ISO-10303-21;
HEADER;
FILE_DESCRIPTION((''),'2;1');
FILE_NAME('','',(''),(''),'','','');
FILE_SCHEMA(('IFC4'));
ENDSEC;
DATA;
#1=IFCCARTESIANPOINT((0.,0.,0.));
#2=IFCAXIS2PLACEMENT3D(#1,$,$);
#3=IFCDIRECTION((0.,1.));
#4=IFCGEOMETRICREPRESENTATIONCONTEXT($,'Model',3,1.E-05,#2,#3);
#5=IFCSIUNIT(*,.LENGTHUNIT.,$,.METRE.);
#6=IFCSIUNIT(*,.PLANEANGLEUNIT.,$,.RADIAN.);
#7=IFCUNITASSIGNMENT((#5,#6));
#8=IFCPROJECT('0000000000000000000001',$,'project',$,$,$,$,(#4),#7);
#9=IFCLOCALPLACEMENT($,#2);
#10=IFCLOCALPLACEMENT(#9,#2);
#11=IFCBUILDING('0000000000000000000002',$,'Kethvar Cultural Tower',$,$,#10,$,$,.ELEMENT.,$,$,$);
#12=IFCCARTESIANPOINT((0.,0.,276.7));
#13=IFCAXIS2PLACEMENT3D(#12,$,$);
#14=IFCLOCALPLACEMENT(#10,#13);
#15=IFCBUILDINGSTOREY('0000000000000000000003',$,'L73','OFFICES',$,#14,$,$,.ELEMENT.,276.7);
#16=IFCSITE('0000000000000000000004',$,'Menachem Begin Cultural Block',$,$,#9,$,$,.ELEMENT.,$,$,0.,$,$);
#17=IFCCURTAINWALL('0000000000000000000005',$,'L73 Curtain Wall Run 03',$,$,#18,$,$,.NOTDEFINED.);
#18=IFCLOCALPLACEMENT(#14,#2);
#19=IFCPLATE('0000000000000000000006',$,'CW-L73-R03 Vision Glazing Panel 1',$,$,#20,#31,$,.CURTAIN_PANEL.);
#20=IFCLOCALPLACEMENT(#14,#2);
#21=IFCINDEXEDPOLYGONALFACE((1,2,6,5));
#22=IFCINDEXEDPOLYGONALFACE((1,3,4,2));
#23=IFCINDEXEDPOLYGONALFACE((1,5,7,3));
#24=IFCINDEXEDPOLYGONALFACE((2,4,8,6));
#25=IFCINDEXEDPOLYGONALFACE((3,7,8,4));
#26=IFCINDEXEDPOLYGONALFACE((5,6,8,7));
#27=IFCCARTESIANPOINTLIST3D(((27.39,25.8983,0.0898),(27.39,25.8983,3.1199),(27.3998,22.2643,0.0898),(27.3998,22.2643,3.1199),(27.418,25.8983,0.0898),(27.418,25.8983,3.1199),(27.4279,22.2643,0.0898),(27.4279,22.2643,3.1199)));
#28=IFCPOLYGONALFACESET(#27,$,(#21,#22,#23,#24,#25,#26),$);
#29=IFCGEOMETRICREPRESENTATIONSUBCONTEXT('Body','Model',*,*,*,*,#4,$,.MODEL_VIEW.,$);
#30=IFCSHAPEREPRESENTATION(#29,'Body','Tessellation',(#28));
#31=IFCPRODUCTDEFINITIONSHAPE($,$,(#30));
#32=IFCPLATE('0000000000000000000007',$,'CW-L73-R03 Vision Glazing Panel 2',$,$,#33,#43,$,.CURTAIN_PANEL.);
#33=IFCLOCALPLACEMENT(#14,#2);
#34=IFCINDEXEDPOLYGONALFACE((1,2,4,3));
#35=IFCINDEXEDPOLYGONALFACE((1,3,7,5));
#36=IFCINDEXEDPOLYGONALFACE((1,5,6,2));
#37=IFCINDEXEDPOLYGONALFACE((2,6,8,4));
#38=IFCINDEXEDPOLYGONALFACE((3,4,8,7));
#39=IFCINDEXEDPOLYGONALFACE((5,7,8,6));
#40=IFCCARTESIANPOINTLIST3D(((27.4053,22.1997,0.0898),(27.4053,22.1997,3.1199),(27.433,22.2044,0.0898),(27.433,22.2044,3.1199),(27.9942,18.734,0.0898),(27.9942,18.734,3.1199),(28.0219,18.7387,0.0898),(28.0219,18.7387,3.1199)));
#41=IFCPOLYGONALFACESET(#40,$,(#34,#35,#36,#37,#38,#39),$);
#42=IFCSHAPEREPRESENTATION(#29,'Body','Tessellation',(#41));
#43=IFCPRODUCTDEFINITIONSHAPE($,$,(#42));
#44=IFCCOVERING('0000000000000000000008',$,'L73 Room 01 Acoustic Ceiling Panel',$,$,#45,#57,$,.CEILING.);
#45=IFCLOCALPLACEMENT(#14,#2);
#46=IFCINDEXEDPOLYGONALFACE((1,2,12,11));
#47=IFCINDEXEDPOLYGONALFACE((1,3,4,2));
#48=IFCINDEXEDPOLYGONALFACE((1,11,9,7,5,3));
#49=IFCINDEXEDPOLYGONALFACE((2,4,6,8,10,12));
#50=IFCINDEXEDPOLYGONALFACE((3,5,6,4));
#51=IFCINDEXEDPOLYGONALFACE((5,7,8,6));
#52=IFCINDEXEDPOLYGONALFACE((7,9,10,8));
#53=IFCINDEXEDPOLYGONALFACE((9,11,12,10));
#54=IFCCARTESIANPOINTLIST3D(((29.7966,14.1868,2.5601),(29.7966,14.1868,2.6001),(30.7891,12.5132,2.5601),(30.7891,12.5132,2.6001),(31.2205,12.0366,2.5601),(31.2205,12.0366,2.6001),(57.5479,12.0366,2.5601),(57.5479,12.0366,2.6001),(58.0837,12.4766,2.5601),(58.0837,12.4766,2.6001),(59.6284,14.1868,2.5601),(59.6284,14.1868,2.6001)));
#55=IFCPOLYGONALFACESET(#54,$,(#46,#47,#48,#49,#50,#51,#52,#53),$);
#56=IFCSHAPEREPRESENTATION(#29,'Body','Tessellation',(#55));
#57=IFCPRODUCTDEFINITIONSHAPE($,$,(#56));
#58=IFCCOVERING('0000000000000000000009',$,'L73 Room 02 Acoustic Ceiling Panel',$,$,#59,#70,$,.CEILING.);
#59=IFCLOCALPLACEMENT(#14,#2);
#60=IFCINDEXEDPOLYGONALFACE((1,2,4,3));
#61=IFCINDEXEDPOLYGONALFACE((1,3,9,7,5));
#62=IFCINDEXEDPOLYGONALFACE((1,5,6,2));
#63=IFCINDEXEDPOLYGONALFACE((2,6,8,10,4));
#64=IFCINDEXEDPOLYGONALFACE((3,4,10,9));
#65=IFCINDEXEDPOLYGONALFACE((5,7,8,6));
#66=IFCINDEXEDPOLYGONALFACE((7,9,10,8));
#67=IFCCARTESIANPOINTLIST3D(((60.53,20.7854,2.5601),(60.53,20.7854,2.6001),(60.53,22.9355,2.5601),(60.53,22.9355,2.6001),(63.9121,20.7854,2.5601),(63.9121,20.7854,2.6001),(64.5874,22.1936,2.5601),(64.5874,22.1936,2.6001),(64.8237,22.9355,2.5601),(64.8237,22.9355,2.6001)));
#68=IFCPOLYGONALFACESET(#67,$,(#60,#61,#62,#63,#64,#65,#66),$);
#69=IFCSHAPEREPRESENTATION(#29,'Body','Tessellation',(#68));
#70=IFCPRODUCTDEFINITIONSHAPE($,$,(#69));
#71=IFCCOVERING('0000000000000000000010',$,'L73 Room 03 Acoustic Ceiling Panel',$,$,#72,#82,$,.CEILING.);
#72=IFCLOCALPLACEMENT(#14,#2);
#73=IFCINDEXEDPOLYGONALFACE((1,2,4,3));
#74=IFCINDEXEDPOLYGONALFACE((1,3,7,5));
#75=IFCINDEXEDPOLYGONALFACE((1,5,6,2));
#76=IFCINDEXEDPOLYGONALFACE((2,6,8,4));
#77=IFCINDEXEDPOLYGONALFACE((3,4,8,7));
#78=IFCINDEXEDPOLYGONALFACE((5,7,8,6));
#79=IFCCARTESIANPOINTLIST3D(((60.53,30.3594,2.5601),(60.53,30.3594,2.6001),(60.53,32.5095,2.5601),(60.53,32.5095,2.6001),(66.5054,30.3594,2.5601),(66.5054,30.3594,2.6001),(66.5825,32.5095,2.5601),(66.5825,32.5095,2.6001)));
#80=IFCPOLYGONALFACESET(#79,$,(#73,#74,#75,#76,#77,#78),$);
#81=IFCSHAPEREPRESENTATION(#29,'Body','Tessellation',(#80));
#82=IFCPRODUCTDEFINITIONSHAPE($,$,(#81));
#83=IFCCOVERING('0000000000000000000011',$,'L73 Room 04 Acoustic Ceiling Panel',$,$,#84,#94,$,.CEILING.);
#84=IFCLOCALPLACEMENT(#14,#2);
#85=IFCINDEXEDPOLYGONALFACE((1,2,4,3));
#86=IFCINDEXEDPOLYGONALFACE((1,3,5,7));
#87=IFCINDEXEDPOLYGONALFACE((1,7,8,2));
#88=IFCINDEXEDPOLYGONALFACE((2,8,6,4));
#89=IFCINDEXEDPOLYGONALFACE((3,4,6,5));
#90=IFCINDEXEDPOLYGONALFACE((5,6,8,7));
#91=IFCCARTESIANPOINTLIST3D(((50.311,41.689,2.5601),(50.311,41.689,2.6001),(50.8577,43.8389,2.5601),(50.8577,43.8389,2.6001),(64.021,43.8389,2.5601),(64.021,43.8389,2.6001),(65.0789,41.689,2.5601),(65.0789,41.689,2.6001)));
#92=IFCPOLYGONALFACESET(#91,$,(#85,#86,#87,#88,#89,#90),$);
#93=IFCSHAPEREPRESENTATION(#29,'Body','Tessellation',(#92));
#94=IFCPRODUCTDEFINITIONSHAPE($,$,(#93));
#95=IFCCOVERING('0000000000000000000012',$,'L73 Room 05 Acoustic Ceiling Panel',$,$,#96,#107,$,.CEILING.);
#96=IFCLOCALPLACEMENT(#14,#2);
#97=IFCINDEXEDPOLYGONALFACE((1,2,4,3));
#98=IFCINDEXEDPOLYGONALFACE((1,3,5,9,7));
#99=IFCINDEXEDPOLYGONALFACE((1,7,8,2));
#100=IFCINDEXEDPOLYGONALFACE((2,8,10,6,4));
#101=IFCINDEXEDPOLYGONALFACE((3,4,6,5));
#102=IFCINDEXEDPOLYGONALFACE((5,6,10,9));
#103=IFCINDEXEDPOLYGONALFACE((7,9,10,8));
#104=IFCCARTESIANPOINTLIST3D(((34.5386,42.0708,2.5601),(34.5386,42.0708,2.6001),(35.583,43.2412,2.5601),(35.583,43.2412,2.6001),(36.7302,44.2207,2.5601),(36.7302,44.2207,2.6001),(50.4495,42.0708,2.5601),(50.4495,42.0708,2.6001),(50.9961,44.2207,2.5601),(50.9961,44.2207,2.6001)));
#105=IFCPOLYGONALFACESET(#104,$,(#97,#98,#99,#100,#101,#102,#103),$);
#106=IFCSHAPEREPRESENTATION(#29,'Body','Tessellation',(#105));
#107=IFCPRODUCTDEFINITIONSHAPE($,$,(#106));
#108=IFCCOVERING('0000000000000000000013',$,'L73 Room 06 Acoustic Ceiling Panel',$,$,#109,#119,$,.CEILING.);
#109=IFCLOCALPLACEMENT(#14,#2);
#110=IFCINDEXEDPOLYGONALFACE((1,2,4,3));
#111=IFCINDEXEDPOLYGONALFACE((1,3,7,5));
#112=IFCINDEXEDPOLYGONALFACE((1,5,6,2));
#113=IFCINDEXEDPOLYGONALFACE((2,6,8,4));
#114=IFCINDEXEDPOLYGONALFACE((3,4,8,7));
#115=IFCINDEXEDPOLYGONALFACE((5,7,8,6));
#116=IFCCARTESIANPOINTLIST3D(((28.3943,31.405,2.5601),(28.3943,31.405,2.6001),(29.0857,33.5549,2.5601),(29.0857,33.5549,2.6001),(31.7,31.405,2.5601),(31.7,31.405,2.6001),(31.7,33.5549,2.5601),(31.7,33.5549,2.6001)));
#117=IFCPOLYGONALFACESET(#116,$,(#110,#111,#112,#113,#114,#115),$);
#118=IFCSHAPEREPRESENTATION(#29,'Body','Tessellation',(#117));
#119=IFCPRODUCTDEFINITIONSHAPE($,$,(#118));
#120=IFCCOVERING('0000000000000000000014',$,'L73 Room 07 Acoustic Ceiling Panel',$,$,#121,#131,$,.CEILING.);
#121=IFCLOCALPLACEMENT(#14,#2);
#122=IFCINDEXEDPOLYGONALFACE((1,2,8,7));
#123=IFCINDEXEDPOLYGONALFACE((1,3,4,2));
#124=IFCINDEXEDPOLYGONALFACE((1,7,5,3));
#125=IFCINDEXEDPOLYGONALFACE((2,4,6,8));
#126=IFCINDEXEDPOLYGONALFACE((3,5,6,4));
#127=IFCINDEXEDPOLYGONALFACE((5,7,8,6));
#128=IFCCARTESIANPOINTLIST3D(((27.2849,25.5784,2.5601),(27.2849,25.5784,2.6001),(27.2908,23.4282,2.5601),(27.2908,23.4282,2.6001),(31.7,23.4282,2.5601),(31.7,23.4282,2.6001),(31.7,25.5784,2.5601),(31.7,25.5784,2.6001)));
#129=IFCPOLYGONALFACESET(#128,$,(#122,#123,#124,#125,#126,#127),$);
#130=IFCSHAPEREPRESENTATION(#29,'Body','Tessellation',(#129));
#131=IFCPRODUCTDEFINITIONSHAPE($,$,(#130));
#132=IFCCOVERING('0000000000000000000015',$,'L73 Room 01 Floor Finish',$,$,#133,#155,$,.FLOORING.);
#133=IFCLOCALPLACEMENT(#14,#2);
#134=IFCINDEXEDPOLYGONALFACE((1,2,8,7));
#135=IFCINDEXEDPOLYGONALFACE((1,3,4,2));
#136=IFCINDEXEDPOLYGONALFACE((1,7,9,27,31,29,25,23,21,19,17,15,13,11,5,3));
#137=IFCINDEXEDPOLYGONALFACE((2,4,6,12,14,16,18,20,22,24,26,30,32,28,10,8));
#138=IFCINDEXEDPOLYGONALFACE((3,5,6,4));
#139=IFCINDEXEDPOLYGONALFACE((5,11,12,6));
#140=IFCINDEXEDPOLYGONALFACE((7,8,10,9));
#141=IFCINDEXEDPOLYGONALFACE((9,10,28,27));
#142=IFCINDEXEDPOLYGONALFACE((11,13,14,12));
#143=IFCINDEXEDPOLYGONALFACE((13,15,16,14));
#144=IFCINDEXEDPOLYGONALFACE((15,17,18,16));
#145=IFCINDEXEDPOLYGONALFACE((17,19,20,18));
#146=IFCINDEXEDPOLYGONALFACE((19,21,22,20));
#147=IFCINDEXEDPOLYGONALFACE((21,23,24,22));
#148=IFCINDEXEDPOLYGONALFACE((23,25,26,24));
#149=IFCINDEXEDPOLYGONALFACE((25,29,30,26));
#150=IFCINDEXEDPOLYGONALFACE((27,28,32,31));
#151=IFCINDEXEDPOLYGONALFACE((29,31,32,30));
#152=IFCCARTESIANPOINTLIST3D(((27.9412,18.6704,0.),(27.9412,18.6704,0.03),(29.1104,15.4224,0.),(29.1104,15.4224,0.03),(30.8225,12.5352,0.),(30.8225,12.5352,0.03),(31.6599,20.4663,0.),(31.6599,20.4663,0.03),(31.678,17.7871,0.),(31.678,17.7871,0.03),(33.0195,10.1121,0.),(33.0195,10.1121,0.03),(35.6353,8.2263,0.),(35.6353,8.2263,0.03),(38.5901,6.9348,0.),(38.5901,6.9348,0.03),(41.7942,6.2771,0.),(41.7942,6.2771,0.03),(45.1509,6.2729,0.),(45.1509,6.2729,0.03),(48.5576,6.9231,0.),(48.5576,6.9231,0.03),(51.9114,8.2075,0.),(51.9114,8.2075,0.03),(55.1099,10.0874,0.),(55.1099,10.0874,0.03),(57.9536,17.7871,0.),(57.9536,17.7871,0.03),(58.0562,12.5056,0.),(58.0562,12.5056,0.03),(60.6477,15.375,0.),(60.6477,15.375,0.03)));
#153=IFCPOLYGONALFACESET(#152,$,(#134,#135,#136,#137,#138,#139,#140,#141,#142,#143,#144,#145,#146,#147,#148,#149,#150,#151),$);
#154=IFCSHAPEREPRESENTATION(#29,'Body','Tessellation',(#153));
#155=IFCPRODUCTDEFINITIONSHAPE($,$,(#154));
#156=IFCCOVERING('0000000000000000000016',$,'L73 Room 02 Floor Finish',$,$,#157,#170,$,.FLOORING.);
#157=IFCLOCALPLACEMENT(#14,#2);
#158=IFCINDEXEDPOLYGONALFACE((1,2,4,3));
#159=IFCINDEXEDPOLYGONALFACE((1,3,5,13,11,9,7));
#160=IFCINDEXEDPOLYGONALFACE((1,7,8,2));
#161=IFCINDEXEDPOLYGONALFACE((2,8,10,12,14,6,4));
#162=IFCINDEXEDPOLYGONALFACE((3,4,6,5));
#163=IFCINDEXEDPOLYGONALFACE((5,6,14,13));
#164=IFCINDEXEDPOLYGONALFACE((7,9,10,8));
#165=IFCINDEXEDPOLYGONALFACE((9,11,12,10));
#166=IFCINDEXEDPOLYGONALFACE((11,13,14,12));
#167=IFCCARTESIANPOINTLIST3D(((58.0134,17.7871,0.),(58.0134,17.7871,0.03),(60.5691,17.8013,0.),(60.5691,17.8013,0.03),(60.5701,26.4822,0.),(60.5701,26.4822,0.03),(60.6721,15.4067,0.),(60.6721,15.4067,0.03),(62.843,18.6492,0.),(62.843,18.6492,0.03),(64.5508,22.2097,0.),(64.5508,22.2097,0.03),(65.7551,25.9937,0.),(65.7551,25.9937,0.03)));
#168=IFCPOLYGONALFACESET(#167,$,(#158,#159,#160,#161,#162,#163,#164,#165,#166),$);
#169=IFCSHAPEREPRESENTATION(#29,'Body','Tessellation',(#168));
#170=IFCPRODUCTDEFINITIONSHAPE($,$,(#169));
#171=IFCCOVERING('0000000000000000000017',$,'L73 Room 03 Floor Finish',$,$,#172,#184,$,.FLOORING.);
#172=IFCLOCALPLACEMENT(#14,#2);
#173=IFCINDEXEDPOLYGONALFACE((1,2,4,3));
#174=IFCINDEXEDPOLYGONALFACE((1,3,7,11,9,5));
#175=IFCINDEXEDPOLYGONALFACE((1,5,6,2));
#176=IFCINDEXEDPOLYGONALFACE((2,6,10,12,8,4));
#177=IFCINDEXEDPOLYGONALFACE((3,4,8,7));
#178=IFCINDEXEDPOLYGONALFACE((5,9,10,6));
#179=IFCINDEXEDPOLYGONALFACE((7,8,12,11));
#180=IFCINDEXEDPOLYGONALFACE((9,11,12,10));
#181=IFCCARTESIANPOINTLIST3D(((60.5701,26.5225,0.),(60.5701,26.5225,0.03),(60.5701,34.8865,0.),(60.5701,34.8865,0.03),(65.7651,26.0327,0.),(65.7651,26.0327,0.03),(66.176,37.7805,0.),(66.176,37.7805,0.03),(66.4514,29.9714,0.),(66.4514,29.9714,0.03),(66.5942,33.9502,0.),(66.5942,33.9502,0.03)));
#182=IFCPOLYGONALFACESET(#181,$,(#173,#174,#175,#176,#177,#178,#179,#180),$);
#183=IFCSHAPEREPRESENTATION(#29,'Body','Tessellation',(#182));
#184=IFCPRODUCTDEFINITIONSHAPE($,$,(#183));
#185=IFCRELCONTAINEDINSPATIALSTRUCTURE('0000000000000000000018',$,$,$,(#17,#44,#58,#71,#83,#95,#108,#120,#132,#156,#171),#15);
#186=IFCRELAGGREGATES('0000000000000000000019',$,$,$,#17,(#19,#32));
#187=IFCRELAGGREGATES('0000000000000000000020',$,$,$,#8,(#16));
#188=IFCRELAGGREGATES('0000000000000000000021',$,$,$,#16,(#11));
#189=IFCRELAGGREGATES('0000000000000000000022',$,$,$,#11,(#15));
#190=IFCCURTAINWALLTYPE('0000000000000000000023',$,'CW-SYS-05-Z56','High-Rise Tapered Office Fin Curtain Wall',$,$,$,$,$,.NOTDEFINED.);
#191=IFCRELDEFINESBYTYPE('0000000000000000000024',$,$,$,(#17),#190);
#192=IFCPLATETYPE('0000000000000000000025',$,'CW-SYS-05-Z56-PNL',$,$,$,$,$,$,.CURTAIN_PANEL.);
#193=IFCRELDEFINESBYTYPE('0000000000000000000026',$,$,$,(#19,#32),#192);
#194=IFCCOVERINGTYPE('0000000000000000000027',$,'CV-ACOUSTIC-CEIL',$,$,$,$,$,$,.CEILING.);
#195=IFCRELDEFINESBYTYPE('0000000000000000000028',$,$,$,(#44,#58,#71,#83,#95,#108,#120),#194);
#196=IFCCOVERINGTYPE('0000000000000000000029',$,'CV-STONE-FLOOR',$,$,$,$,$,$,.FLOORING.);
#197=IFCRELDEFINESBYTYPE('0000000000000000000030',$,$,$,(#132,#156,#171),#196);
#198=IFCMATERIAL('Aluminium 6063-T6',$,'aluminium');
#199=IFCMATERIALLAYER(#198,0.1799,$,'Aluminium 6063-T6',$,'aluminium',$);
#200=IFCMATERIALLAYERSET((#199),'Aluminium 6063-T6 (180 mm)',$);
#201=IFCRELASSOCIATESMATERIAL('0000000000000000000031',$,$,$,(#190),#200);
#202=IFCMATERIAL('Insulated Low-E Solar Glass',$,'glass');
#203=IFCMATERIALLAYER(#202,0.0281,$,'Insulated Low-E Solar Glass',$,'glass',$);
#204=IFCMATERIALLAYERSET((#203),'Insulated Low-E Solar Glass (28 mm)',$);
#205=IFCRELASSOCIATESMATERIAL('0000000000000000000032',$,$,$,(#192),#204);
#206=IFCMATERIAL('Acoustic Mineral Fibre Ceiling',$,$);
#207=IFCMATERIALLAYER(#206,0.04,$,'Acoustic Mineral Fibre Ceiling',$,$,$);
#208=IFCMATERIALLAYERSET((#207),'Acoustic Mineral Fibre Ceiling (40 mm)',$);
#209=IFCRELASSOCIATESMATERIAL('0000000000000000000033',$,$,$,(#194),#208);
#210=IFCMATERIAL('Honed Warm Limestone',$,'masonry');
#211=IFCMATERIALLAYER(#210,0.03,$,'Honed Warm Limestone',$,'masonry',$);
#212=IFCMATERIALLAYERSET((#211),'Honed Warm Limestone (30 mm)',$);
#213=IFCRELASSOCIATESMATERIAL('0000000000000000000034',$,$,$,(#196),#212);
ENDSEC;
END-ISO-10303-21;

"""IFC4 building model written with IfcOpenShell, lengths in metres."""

from ifc_helpers import new_model, si_unit, direction, frame, origin, origin_2d, place, context, subcontext, project, spatial, polyline, rectangle, outline, extrude, source, transform, mapped, material, layer, layer_set, type_object, element, aggregate, save


model = new_model("IFC4")

# Units and contexts
model_context = context("Model", 3, precision=1e-05, world=origin(), true_north=direction((0.0, 1.0)))
body_context = subcontext(model_context, "Body", "Model", "MODEL_VIEW")
ifc_project = project(units=[si_unit("LENGTHUNIT", "METRE"), si_unit("PLANEANGLEUNIT", "RADIAN")], contexts=[model_context])

# Site, building, storey
site_placement = place(None, origin())
site = spatial("IfcSite", under=ifc_project, at=site_placement, Name="Menachem Begin Cultural Block", CompositionType="ELEMENT", RefElevation=0.0)
building_placement = place(site_placement, origin())
building = spatial("IfcBuilding", under=site, at=building_placement, Name="Kethvar Cultural Tower", CompositionType="ELEMENT")
storey_placement = place(building_placement, frame((0.0, 0.0, 276.7)))
storey = spatial("IfcBuildingStorey", under=building, at=storey_placement, Name="L73", Description="OFFICES", CompositionType="ELEMENT", Elevation=276.7)

# Curtain wall
ifc_material_1 = material(Name="Aluminium 6063-T6", Category="aluminium")
ifc_layer_1 = layer(ifc_material_1, 0.1799, Name="Aluminium 6063-T6", Category="aluminium")
ifc_layer_set_1 = layer_set([ifc_layer_1], Name="Aluminium 6063-T6 (180 mm)")
curtain_wall_type = type_object("IfcCurtainWallType", Name="CW-SYS-05-Z56", Description="High-Rise Tapered Office Fin Curtain Wall", PredefinedType="NOTDEFINED", material=ifc_layer_set_1)
curtain_wall_placement = place(storey_placement, origin())
curtain_wall = element("IfcCurtainWall", 1, at=curtain_wall_placement, inside=storey, type_object=curtain_wall_type, Name="L73 Curtain Wall Run 03", PredefinedType="NOTDEFINED")

# Plates
ifc_material_2 = material(Name="Insulated Low-E Solar Glass", Category="glass")
ifc_layer_2 = layer(ifc_material_2, 0.0281, Name="Insulated Low-E Solar Glass", Category="glass")
ifc_layer_set_2 = layer_set([ifc_layer_2], Name="Insulated Low-E Solar Glass (28 mm)")
plate_type = type_object("IfcPlateType", Name="CW-SYS-05-Z56-PNL", PredefinedType="CURTAIN_PANEL", material=ifc_layer_set_2)
shared_shape_1 = source(origin(), body_context, "Body", "SweptSolid", [
    extrude(rectangle(XDim=3.634, YDim=0.0281, at=origin_2d()), origin(), (0.0, 0.0, 1.0), 3.03),
])
plate_1_placement = place(storey_placement, frame((27.4089, 24.0813, 0.0898), z_axis=(0.0, 0.0, 1.0), x_axis=(0.002723, -0.999996, 0.0)))
plate_1 = element("IfcPlate", 2, at=plate_1_placement, type_object=plate_type, Name="CW-L73-R03 Vision Glazing Panel 1", PredefinedType="CURTAIN_PANEL", context=body_context, shape_type="MappedRepresentation", body=[
    mapped(shared_shape_1, transform((0.0, 0.0, 0.0), scale=1.0)),
])
shared_shape_2 = source(origin(), body_context, "Body", "SweptSolid", [
    extrude(rectangle(XDim=3.5154, YDim=0.0281, at=origin_2d()), origin(), (0.0, 0.0, 1.0), 3.03),
])
plate_2_placement = place(storey_placement, frame((27.7136, 20.4692, 0.0898), z_axis=(0.0, 0.0, 1.0), x_axis=(0.167526, -0.985868, 0.0)))
plate_2 = element("IfcPlate", 3, at=plate_2_placement, type_object=plate_type, Name="CW-L73-R03 Vision Glazing Panel 2", PredefinedType="CURTAIN_PANEL", context=body_context, shape_type="MappedRepresentation", body=[
    mapped(shared_shape_2, transform((0.0, 0.0, 0.0), scale=1.0)),
])
aggregate(curtain_wall, [plate_1, plate_2])

# Coverings
ifc_material_3 = material(Name="Acoustic Mineral Fibre Ceiling")
ifc_layer_3 = layer(ifc_material_3, 0.04, Name="Acoustic Mineral Fibre Ceiling")
ifc_layer_set_3 = layer_set([ifc_layer_3], Name="Acoustic Mineral Fibre Ceiling (40 mm)")
covering_type_1 = type_object("IfcCoveringType", Name="CV-ACOUSTIC-CEIL", PredefinedType="CEILING", material=ifc_layer_set_3)
covering_1_placement = place(storey_placement, frame((0.0, 0.0, 2.5601)))
element("IfcCovering", 4, at=covering_1_placement, inside=storey, type_object=covering_type_1, Name="L73 Room 01 Acoustic Ceiling Panel", PredefinedType="CEILING", context=body_context, shape_type="SweptSolid", body=[
    extrude(outline(polyline([(58.0837, 12.4766), (57.5479, 12.0366), (31.2205, 12.0366), (30.7891, 12.5132), (29.7966, 14.1868), (59.6284, 14.1868), (58.0837, 12.4766)])), origin(), (0.0, 0.0, 1.0), 0.04),
])
covering_2_placement = place(storey_placement, frame((0.0, 0.0, 2.5601)))
element("IfcCovering", 5, at=covering_2_placement, inside=storey, type_object=covering_type_1, Name="L73 Room 02 Acoustic Ceiling Panel", PredefinedType="CEILING", context=body_context, shape_type="SweptSolid", body=[
    extrude(outline(polyline([(64.5874, 22.1936), (63.9121, 20.7854), (60.53, 20.7854), (60.53, 22.9355), (64.8237, 22.9355), (64.5874, 22.1936)])), origin(), (0.0, 0.0, 1.0), 0.04),
])
covering_3_placement = place(storey_placement, frame((0.0, 0.0, 2.5601)))
element("IfcCovering", 6, at=covering_3_placement, inside=storey, type_object=covering_type_1, Name="L73 Room 03 Acoustic Ceiling Panel", PredefinedType="CEILING", context=body_context, shape_type="SweptSolid", body=[
    extrude(outline(polyline([(66.5054, 30.3594), (60.53, 30.3594), (60.53, 32.5095), (66.5825, 32.5095), (66.5054, 30.3594)])), origin(), (0.0, 0.0, 1.0), 0.04),
])
covering_4_placement = place(storey_placement, frame((0.0, 0.0, 2.5601)))
element("IfcCovering", 7, at=covering_4_placement, inside=storey, type_object=covering_type_1, Name="L73 Room 04 Acoustic Ceiling Panel", PredefinedType="CEILING", context=body_context, shape_type="SweptSolid", body=[
    extrude(outline(polyline([(65.0789, 41.689), (50.311, 41.689), (50.8577, 43.8389), (64.021, 43.8389), (65.0789, 41.689)])), origin(), (0.0, 0.0, 1.0), 0.04),
])
covering_5_placement = place(storey_placement, frame((0.0, 0.0, 2.5601)))
element("IfcCovering", 8, at=covering_5_placement, inside=storey, type_object=covering_type_1, Name="L73 Room 05 Acoustic Ceiling Panel", PredefinedType="CEILING", context=body_context, shape_type="SweptSolid", body=[
    extrude(outline(polyline([(35.583, 43.2412), (36.7302, 44.2207), (50.9961, 44.2207), (50.4495, 42.0708), (34.5386, 42.0708), (35.583, 43.2412)])), origin(), (0.0, 0.0, 1.0), 0.04),
])
covering_6_placement = place(storey_placement, frame((0.0, 0.0, 2.5601)))
element("IfcCovering", 9, at=covering_6_placement, inside=storey, type_object=covering_type_1, Name="L73 Room 06 Acoustic Ceiling Panel", PredefinedType="CEILING", context=body_context, shape_type="SweptSolid", body=[
    extrude(outline(polyline([(28.3943, 31.405), (29.0857, 33.5549), (31.7, 33.5549), (31.7, 31.405), (28.3943, 31.405)])), origin(), (0.0, 0.0, 1.0), 0.04),
])
covering_7_placement = place(storey_placement, frame((0.0, 0.0, 2.5601)))
element("IfcCovering", 10, at=covering_7_placement, inside=storey, type_object=covering_type_1, Name="L73 Room 07 Acoustic Ceiling Panel", PredefinedType="CEILING", context=body_context, shape_type="SweptSolid", body=[
    extrude(outline(polyline([(27.2849, 25.5784), (31.7, 25.5784), (31.7, 23.4282), (27.2908, 23.4282), (27.2849, 25.5784)])), origin(), (0.0, 0.0, 1.0), 0.04),
])
ifc_material_4 = material(Name="Honed Warm Limestone", Category="masonry")
ifc_layer_4 = layer(ifc_material_4, 0.03, Name="Honed Warm Limestone", Category="masonry")
ifc_layer_set_4 = layer_set([ifc_layer_4], Name="Honed Warm Limestone (30 mm)")
covering_type_2 = type_object("IfcCoveringType", Name="CV-STONE-FLOOR", PredefinedType="FLOORING", material=ifc_layer_set_4)
covering_8_placement = place(storey_placement, origin())
element("IfcCovering", 11, at=covering_8_placement, inside=storey, type_object=covering_type_2, Name="L73 Room 01 Floor Finish", PredefinedType="FLOORING", context=body_context, shape_type="SweptSolid", body=[
    extrude(outline(polyline([(58.0562, 12.5056), (55.1099, 10.0874), (51.9114, 8.2075), (48.5576, 6.9231), (45.1509, 6.2729), (41.7942, 6.2771), (38.5901, 6.9348), (35.6353, 8.2263), (33.0195, 10.1121), (30.8225, 12.5352), (29.1104, 15.4224), (27.9412, 18.6704), (31.6599, 20.4663), (31.678, 17.7871), (57.9536, 17.7871), (60.6477, 15.375), (58.0562, 12.5056)])), origin(), (0.0, 0.0, 1.0), 0.03),
])
covering_9_placement = place(storey_placement, origin())
element("IfcCovering", 12, at=covering_9_placement, inside=storey, type_object=covering_type_2, Name="L73 Room 02 Floor Finish", PredefinedType="FLOORING", context=body_context, shape_type="SweptSolid", body=[
    extrude(outline(polyline([(64.5508, 22.2097), (62.843, 18.6492), (60.6721, 15.4067), (58.0134, 17.7871), (60.5691, 17.8013), (60.5701, 26.4822), (65.7551, 25.9937), (64.5508, 22.2097)])), origin(), (0.0, 0.0, 1.0), 0.03),
])
covering_10_placement = place(storey_placement, origin())
element("IfcCovering", 13, at=covering_10_placement, inside=storey, type_object=covering_type_2, Name="L73 Room 03 Floor Finish", PredefinedType="FLOORING", context=body_context, shape_type="SweptSolid", body=[
    extrude(outline(polyline([(66.5942, 33.9502), (66.4514, 29.9714), (65.7651, 26.0327), (60.5701, 26.5225), (60.5701, 34.8865), (66.176, 37.7805), (66.5942, 33.9502)])), origin(), (0.0, 0.0, 1.0), 0.03),
])

save(model, "model.ifc")
